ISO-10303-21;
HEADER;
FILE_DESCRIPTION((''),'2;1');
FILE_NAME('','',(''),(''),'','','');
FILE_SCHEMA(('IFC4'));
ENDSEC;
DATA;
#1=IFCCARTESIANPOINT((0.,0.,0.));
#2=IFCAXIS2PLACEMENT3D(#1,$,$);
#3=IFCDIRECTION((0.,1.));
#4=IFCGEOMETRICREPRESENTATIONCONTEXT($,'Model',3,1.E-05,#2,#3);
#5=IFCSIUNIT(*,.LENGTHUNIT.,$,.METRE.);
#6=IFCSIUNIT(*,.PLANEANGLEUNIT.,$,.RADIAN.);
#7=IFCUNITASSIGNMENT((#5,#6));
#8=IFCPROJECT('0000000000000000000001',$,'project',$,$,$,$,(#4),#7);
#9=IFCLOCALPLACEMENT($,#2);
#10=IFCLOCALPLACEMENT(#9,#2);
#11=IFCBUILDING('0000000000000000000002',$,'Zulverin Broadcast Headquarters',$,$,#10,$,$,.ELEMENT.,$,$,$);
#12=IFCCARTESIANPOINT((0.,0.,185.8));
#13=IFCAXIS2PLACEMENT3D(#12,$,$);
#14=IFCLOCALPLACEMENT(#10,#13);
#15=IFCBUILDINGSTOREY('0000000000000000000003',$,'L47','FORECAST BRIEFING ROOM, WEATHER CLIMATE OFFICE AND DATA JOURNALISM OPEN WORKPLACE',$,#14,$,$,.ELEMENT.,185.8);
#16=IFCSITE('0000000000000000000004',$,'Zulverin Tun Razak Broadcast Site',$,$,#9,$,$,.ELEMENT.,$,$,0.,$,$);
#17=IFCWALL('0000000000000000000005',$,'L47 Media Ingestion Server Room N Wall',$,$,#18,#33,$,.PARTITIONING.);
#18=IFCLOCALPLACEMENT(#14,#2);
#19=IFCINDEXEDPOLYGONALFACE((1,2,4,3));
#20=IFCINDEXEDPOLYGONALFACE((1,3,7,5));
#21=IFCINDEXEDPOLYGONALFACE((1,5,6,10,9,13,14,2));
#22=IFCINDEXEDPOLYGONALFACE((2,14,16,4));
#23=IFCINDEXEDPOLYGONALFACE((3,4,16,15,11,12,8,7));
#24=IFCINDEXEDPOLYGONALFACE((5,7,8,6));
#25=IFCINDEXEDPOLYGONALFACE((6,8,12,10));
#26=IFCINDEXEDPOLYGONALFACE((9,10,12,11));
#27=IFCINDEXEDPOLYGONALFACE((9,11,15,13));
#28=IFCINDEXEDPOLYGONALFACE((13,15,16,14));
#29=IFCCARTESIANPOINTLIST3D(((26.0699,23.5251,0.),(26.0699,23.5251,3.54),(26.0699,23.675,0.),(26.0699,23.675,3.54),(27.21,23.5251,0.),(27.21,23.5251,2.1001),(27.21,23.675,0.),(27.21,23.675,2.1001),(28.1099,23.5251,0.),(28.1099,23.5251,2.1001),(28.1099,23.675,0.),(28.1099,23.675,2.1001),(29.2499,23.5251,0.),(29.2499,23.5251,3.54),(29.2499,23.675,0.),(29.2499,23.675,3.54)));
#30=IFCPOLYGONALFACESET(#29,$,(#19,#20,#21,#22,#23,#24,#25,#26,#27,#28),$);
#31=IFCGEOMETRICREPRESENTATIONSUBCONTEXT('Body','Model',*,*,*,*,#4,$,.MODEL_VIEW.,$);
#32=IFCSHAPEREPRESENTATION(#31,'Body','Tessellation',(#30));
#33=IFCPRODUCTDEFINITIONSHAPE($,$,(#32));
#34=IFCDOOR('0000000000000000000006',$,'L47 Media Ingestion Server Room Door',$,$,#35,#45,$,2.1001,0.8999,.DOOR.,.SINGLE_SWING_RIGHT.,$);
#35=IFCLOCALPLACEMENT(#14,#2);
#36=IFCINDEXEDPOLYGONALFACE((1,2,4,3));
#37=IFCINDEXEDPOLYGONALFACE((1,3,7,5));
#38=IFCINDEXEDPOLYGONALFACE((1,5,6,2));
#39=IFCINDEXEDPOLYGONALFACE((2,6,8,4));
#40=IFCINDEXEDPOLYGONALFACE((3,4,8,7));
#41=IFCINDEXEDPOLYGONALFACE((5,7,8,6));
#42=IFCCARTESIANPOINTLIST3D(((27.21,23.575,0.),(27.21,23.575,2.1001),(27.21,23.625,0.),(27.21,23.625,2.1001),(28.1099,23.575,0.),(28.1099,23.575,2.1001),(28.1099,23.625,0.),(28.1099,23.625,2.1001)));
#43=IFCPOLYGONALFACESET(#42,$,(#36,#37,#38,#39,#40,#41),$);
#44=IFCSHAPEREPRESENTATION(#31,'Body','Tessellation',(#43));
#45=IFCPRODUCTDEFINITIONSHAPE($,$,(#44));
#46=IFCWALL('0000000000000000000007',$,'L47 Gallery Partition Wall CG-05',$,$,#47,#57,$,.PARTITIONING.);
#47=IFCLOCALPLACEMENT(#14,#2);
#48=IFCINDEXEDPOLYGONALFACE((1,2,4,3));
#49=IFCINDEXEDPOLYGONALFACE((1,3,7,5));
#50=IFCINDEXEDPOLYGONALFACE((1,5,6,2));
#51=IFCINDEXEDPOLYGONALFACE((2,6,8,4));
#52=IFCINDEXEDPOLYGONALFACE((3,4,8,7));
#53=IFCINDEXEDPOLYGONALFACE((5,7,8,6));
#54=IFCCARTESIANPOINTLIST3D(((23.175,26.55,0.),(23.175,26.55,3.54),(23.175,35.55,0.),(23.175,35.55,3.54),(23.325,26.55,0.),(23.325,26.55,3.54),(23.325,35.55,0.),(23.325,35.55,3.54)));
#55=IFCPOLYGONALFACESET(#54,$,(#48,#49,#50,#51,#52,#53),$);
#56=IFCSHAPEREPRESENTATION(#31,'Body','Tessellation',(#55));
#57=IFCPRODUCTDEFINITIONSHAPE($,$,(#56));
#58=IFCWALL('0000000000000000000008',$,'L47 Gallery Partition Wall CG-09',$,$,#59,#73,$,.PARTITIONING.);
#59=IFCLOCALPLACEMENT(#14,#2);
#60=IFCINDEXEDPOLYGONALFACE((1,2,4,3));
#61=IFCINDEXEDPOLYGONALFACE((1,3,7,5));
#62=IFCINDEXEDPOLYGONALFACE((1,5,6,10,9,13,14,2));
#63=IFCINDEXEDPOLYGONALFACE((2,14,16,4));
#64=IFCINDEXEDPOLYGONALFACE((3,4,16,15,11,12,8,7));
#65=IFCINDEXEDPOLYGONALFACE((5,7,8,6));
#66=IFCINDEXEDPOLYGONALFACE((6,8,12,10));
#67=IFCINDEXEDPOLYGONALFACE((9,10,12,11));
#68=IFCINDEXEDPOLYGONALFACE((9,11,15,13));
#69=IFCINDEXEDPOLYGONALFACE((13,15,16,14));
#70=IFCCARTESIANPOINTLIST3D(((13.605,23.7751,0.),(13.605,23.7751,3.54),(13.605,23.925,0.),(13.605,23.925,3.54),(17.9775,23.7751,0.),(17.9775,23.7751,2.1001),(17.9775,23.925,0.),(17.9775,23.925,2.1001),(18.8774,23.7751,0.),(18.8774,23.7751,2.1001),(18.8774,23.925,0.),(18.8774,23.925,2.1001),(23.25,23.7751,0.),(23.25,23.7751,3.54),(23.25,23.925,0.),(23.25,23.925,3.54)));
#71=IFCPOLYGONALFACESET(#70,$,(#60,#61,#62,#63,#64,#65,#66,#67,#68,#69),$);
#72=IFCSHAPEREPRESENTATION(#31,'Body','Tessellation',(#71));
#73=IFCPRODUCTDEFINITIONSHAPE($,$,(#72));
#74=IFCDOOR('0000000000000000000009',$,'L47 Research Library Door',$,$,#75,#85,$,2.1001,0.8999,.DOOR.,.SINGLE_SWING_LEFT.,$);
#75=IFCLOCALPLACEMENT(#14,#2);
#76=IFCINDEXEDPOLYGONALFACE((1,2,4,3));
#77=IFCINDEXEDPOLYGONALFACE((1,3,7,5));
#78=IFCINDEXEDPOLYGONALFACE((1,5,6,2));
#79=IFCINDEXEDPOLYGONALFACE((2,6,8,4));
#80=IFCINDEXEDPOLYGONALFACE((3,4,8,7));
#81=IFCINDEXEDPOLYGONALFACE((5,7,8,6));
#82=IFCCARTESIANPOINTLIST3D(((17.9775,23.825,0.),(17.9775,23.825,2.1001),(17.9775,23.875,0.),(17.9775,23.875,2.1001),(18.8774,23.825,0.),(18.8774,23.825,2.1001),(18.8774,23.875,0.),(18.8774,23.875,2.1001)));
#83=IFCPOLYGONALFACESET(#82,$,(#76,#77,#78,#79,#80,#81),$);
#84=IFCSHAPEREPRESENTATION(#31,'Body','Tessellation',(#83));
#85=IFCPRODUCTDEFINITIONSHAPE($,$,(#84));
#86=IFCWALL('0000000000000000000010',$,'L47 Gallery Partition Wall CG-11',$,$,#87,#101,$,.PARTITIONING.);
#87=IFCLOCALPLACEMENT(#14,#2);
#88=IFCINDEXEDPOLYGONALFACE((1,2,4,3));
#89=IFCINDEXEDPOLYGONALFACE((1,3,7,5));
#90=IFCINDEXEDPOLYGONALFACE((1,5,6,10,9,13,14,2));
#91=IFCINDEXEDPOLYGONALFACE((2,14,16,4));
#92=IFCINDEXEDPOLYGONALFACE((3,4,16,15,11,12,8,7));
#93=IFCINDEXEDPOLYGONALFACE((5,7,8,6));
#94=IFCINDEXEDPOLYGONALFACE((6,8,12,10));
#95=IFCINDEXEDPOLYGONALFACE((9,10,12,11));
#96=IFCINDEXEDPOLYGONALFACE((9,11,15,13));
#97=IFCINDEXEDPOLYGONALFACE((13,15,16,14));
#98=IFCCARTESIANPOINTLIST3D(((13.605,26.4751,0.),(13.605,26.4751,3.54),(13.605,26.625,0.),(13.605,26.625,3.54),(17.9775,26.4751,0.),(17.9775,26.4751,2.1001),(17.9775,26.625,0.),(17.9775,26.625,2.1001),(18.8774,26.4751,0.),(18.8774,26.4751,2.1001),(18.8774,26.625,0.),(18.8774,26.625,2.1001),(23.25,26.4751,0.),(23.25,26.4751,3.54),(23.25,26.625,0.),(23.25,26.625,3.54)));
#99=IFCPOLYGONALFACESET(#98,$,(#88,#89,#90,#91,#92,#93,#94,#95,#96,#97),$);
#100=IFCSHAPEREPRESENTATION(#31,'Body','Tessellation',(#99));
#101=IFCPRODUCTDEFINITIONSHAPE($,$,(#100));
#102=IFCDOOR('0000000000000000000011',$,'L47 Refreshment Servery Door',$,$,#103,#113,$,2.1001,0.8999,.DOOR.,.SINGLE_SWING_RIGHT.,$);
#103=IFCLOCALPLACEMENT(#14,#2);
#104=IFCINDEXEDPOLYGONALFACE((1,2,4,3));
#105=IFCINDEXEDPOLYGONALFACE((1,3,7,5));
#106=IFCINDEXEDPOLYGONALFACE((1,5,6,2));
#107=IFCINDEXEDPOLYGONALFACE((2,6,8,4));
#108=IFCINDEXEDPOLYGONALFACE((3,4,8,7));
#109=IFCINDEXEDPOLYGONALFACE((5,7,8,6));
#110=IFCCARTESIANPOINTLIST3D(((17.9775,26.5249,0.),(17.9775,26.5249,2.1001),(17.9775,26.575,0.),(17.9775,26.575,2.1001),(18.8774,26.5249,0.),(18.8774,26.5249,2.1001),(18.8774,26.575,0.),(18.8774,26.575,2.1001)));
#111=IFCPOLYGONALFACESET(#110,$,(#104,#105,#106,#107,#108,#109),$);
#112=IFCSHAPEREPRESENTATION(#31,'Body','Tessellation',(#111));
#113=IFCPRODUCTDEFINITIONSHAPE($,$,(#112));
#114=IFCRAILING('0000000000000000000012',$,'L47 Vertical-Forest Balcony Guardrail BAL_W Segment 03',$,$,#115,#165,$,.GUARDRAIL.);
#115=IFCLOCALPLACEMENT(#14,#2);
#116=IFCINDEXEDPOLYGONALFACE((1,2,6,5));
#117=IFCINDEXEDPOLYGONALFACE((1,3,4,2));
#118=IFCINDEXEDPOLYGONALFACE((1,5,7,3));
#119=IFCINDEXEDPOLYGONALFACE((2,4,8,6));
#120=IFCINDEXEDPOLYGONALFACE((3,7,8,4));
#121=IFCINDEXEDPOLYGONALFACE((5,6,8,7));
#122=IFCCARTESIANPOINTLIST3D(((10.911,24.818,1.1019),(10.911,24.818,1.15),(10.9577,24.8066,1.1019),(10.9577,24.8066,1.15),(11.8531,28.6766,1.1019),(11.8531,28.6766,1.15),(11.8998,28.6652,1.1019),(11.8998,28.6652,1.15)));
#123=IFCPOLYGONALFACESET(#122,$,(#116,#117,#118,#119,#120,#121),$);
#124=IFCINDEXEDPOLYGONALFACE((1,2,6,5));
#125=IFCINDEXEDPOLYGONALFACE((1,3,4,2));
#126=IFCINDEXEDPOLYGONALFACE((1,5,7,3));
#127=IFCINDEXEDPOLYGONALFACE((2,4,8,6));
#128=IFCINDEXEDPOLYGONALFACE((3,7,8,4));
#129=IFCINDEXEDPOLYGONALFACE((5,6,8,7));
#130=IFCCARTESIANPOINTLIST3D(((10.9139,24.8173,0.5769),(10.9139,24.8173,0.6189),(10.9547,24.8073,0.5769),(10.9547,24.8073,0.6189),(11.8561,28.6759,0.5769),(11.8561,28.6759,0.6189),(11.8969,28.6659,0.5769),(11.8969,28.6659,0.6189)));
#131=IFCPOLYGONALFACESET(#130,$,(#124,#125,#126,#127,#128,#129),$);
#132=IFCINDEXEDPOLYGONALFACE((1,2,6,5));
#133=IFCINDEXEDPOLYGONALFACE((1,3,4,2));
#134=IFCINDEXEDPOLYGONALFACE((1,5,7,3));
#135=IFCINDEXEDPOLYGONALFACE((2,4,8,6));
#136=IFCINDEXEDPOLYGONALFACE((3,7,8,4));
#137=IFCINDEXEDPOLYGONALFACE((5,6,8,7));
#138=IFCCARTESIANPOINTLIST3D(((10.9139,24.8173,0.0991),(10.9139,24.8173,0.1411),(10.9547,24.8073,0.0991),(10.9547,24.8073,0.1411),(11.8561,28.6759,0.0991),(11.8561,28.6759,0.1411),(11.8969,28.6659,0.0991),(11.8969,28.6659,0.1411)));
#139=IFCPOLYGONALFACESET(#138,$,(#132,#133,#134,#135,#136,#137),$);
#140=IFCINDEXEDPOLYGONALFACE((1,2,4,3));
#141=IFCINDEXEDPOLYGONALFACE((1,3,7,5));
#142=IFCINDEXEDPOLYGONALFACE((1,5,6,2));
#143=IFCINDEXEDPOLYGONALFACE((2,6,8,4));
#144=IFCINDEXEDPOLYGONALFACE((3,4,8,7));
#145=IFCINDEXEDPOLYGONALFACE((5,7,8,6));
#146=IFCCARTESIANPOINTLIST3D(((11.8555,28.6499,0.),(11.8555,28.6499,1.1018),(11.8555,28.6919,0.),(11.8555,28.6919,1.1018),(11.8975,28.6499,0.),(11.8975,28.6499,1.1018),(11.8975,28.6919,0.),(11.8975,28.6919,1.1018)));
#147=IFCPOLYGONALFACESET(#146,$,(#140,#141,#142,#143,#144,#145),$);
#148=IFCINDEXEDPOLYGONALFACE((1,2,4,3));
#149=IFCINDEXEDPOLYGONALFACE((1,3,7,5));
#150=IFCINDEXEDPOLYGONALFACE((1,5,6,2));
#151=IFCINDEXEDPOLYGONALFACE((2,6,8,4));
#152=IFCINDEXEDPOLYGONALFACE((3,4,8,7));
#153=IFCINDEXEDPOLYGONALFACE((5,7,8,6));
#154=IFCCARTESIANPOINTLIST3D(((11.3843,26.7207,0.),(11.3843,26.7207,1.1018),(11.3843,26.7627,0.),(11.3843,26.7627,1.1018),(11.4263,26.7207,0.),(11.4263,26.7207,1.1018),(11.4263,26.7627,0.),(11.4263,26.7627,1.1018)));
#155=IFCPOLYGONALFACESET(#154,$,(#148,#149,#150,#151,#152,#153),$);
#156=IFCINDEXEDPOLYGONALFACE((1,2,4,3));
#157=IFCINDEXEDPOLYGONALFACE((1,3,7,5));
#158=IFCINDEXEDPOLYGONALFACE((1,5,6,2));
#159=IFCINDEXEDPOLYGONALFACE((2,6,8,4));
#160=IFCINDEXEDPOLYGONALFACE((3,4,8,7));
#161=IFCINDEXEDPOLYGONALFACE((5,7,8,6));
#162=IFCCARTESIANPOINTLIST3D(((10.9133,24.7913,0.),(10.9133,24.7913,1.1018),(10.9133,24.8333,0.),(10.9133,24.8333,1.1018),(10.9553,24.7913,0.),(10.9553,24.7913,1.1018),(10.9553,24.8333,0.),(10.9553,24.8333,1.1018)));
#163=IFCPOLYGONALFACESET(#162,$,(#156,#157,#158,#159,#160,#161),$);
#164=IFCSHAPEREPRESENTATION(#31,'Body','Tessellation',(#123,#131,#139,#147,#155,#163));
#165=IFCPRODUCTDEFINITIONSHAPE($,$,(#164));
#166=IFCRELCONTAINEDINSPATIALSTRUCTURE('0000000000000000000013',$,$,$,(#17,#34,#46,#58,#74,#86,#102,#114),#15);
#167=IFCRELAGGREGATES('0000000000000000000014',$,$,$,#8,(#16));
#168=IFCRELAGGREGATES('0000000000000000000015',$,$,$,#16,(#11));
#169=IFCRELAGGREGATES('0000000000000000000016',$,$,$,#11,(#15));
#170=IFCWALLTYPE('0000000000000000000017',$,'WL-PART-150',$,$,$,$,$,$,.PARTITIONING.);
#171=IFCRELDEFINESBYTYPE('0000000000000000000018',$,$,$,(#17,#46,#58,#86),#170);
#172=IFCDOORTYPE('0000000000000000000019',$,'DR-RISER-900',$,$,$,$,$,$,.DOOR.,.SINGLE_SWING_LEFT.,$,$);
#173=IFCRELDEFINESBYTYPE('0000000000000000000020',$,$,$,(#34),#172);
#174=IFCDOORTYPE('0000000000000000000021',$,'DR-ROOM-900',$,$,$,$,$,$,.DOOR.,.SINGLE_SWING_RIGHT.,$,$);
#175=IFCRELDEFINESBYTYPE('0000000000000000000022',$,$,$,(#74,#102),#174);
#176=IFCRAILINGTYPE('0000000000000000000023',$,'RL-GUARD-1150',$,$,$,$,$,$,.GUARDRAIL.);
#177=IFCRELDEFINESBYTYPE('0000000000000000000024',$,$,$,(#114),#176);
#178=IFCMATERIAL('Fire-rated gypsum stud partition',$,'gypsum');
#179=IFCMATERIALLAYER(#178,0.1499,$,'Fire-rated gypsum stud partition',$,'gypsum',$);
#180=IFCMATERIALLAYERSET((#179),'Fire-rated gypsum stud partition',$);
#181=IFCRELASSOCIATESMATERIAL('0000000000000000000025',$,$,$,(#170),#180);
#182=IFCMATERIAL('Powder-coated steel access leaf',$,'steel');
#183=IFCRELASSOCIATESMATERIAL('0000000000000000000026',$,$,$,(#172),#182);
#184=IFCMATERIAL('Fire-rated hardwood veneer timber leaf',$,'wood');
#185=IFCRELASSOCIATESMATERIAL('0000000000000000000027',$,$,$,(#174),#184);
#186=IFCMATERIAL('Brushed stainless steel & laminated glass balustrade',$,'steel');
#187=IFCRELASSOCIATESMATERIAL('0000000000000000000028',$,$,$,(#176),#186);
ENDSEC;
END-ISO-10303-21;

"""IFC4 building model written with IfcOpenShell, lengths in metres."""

from ifc_helpers import new_model, si_unit, direction, frame, frame_2d, origin, origin_2d, place, context, subcontext, project, spatial, rectangle, extrude, material, layer, layer_set, type_object, element, fill, save


model = new_model("IFC4")

# Units and contexts
model_context = context("Model", 3, precision=1e-05, world=origin(), true_north=direction((0.0, 1.0)))
body_context = subcontext(model_context, "Body", "Model", "MODEL_VIEW")
ifc_project = project(units=[si_unit("LENGTHUNIT", "METRE"), si_unit("PLANEANGLEUNIT", "RADIAN")], contexts=[model_context])

# Site, building, storey
site_placement = place(None, origin())
site = spatial("IfcSite", under=ifc_project, at=site_placement, Name="Zulverin Tun Razak Broadcast Site", CompositionType="ELEMENT", RefElevation=0.0)
building_placement = place(site_placement, origin())
building = spatial("IfcBuilding", under=site, at=building_placement, Name="Zulverin Broadcast Headquarters", CompositionType="ELEMENT")
storey_placement = place(building_placement, frame((0.0, 0.0, 185.8)))
storey = spatial("IfcBuildingStorey", under=building, at=storey_placement, Name="L47", Description="FORECAST BRIEFING ROOM, WEATHER CLIMATE OFFICE AND DATA JOURNALISM OPEN WORKPLACE", CompositionType="ELEMENT", Elevation=185.8)

# Shared definitions
ifc_material_1 = material(Name="Fire-rated gypsum stud partition", Category="gypsum")
ifc_layer_1 = layer(ifc_material_1, 0.1499, Name="Fire-rated gypsum stud partition", Category="gypsum")
ifc_layer_set_1 = layer_set([ifc_layer_1], Name="Fire-rated gypsum stud partition")
wall_type_1 = type_object("IfcWallType", Name="WL-PART-150", PredefinedType="PARTITIONING", material=ifc_layer_set_1)

# Shared definitions
ifc_material_2 = material(Name="Powder-coated steel access leaf", Category="steel")
door_type_1 = type_object("IfcDoorType", Name="DR-RISER-900", OperationType="SINGLE_SWING_LEFT", PredefinedType="DOOR", material=ifc_material_2)

# Wall, opening, door
wall_1_placement = place(storey_placement, frame((26.0701, 23.6001, 0.0), z_axis=(0.0, 0.0, 1.0), x_axis=(1.0, 0.0, 0.0)))
wall_1 = element("IfcWall", 1, at=wall_1_placement, inside=storey, type_object=wall_type_1, Name="L47 Media Ingestion Server Room N Wall", PredefinedType="PARTITIONING", context=body_context, shape_type="SweptSolid", body=[
    extrude(rectangle(XDim=3.1799, YDim=0.1499, at=frame_2d((1.5898, 0.0))), origin(), (0.0, 0.0, 1.0), 3.54),
])
opening_1_placement = place(wall_1_placement, frame((1.1399, 0.0, 0.0)))
opening_1 = element("IfcOpeningElement", 2, at=opening_1_placement, cuts=wall_1, PredefinedType="OPENING", context=body_context, shape_type="SweptSolid", body=[
    extrude(rectangle(XDim=0.8999, YDim=2.1001, at=frame_2d((0.45, 1.05))), frame((0.0, 0.085, 0.0), z_axis=(0.0, -1.0, 0.0), x_axis=(1.0, 0.0, 0.0)), (0.0, 0.0, 1.0), 0.1699),
])
door_1_placement = place(opening_1_placement, origin())
door_1 = element("IfcDoor", 3, at=door_1_placement, inside=storey, type_object=door_type_1, Name="L47 Media Ingestion Server Room Door", OperationType="SINGLE_SWING_RIGHT", OverallHeight=2.1001, OverallWidth=0.8999, PredefinedType="DOOR", context=body_context, shape_type="SweptSolid", body=[
    extrude(rectangle(XDim=0.8999, YDim=2.1001, at=frame_2d((0.45, 1.05))), frame((0.0, 0.0249, 0.0), z_axis=(0.0, -1.0, 0.0), x_axis=(1.0, 0.0, 0.0)), (0.0, 0.0, 1.0), 0.05),
])
fill(opening_1, door_1)

# Wall
wall_2_placement = place(storey_placement, frame((23.25, 26.55, 0.0), z_axis=(0.0, 0.0, 1.0), x_axis=(0.0, 1.0, 0.0)))
element("IfcWall", 4, at=wall_2_placement, inside=storey, type_object=wall_type_1, Name="L47 Gallery Partition Wall CG-05", PredefinedType="PARTITIONING", context=body_context, shape_type="SweptSolid", body=[
    extrude(rectangle(XDim=9.0, YDim=0.1499, at=frame_2d((4.5, 0.0))), origin(), (0.0, 0.0, 1.0), 3.54),
])

# Walls, openings, doors
wall_3_placement = place(storey_placement, frame((13.605, 23.8501, 0.0), z_axis=(0.0, 0.0, 1.0), x_axis=(1.0, 0.0, 0.0)))
wall_3 = element("IfcWall", 5, at=wall_3_placement, inside=storey, type_object=wall_type_1, Name="L47 Gallery Partition Wall CG-09", PredefinedType="PARTITIONING", context=body_context, shape_type="SweptSolid", body=[
    extrude(rectangle(XDim=9.645, YDim=0.1499, at=frame_2d((4.8225, 0.0))), origin(), (0.0, 0.0, 1.0), 3.54),
])
opening_2_placement = place(wall_3_placement, frame((4.3726, 0.0, 0.0)))
opening_2 = element("IfcOpeningElement", 6, at=opening_2_placement, cuts=wall_3, PredefinedType="OPENING", context=body_context, shape_type="SweptSolid", body=[
    extrude(rectangle(XDim=0.8999, YDim=2.1001, at=frame_2d((0.45, 1.05))), frame((0.0, 0.085, 0.0), z_axis=(0.0, -1.0, 0.0), x_axis=(1.0, 0.0, 0.0)), (0.0, 0.0, 1.0), 0.1699),
])
ifc_material_3 = material(Name="Fire-rated hardwood veneer timber leaf", Category="wood")
door_type_2 = type_object("IfcDoorType", Name="DR-ROOM-900", OperationType="SINGLE_SWING_RIGHT", PredefinedType="DOOR", material=ifc_material_3)
door_2_placement = place(opening_2_placement, origin())
door_2 = element("IfcDoor", 7, at=door_2_placement, inside=storey, type_object=door_type_2, Name="L47 Research Library Door", OperationType="SINGLE_SWING_LEFT", OverallHeight=2.1001, OverallWidth=0.8999, PredefinedType="DOOR", context=body_context, shape_type="SweptSolid", body=[
    extrude(rectangle(XDim=0.8999, YDim=2.1001, at=frame_2d((0.45, 1.05))), frame((0.0, 0.0249, 0.0), z_axis=(0.0, -1.0, 0.0), x_axis=(1.0, 0.0, 0.0)), (0.0, 0.0, 1.0), 0.05),
])
fill(opening_2, door_2)
wall_4_placement = place(storey_placement, frame((13.605, 26.55, 0.0), z_axis=(0.0, 0.0, 1.0), x_axis=(1.0, 0.0, 0.0)))
wall_4 = element("IfcWall", 8, at=wall_4_placement, inside=storey, type_object=wall_type_1, Name="L47 Gallery Partition Wall CG-11", PredefinedType="PARTITIONING", context=body_context, shape_type="SweptSolid", body=[
    extrude(rectangle(XDim=9.645, YDim=0.1499, at=frame_2d((4.8225, 0.0))), origin(), (0.0, 0.0, 1.0), 3.54),
])
opening_3_placement = place(wall_4_placement, frame((4.3726, 0.0, 0.0)))
opening_3 = element("IfcOpeningElement", 9, at=opening_3_placement, cuts=wall_4, PredefinedType="OPENING", context=body_context, shape_type="SweptSolid", body=[
    extrude(rectangle(XDim=0.8999, YDim=2.1001, at=frame_2d((0.45, 1.05))), frame((0.0, 0.085, 0.0), z_axis=(0.0, -1.0, 0.0), x_axis=(1.0, 0.0, 0.0)), (0.0, 0.0, 1.0), 0.1699),
])
door_3_placement = place(opening_3_placement, origin())
door_3 = element("IfcDoor", 10, at=door_3_placement, inside=storey, type_object=door_type_2, Name="L47 Refreshment Servery Door", OperationType="SINGLE_SWING_RIGHT", OverallHeight=2.1001, OverallWidth=0.8999, PredefinedType="DOOR", context=body_context, shape_type="SweptSolid", body=[
    extrude(rectangle(XDim=0.8999, YDim=2.1001, at=frame_2d((0.45, 1.05))), frame((0.0, 0.0249, 0.0), z_axis=(0.0, -1.0, 0.0), x_axis=(1.0, 0.0, 0.0)), (0.0, 0.0, 1.0), 0.05),
])
fill(opening_3, door_3)

# Railing
ifc_material_4 = material(Name="Brushed stainless steel & laminated glass balustrade", Category="steel")
railing_type = type_object("IfcRailingType", Name="RL-GUARD-1150", PredefinedType="GUARDRAIL", material=ifc_material_4)
railing_1_placement = place(storey_placement, frame((11.8765, 28.6709, 0.0)))
element("IfcRailing", 11, at=railing_1_placement, inside=storey, type_object=railing_type, Name="L47 Vertical-Forest Balcony Guardrail BAL_W Segment 03", PredefinedType="GUARDRAIL", context=body_context, shape_type="SweptSolid", body=[
    extrude(rectangle(XDim=0.0481, YDim=0.0481, at=origin_2d()), frame((0.0, 0.0, 1.126), z_axis=(-0.237195, -0.971462, 0.0), x_axis=(0.971462, -0.237195, 0.0)), (0.0, 0.0, 1.0), 3.9719),
    extrude(rectangle(XDim=0.042, YDim=0.042, at=origin_2d()), frame((0.0, 0.0, 0.5979), z_axis=(-0.237195, -0.971462, 0.0), x_axis=(0.971462, -0.237195, 0.0)), (0.0, 0.0, 1.0), 3.9719),
    extrude(rectangle(XDim=0.042, YDim=0.042, at=origin_2d()), frame((0.0, 0.0, 0.1201), z_axis=(-0.237195, -0.971462, 0.0), x_axis=(0.971462, -0.237195, 0.0)), (0.0, 0.0, 1.0), 3.9719),
    extrude(rectangle(XDim=0.042, YDim=0.042, at=origin_2d()), origin(), (0.0, 0.0, 1.0), 1.1018),
    extrude(rectangle(XDim=0.042, YDim=0.042, at=origin_2d()), frame((-0.4712, -1.9292, 0.0)), (0.0, 0.0, 1.0), 1.1018),
    extrude(rectangle(XDim=0.042, YDim=0.042, at=origin_2d()), frame((-0.9421, -3.8586, 0.0)), (0.0, 0.0, 1.0), 1.1018),
])

save(model, "model.ifc")
